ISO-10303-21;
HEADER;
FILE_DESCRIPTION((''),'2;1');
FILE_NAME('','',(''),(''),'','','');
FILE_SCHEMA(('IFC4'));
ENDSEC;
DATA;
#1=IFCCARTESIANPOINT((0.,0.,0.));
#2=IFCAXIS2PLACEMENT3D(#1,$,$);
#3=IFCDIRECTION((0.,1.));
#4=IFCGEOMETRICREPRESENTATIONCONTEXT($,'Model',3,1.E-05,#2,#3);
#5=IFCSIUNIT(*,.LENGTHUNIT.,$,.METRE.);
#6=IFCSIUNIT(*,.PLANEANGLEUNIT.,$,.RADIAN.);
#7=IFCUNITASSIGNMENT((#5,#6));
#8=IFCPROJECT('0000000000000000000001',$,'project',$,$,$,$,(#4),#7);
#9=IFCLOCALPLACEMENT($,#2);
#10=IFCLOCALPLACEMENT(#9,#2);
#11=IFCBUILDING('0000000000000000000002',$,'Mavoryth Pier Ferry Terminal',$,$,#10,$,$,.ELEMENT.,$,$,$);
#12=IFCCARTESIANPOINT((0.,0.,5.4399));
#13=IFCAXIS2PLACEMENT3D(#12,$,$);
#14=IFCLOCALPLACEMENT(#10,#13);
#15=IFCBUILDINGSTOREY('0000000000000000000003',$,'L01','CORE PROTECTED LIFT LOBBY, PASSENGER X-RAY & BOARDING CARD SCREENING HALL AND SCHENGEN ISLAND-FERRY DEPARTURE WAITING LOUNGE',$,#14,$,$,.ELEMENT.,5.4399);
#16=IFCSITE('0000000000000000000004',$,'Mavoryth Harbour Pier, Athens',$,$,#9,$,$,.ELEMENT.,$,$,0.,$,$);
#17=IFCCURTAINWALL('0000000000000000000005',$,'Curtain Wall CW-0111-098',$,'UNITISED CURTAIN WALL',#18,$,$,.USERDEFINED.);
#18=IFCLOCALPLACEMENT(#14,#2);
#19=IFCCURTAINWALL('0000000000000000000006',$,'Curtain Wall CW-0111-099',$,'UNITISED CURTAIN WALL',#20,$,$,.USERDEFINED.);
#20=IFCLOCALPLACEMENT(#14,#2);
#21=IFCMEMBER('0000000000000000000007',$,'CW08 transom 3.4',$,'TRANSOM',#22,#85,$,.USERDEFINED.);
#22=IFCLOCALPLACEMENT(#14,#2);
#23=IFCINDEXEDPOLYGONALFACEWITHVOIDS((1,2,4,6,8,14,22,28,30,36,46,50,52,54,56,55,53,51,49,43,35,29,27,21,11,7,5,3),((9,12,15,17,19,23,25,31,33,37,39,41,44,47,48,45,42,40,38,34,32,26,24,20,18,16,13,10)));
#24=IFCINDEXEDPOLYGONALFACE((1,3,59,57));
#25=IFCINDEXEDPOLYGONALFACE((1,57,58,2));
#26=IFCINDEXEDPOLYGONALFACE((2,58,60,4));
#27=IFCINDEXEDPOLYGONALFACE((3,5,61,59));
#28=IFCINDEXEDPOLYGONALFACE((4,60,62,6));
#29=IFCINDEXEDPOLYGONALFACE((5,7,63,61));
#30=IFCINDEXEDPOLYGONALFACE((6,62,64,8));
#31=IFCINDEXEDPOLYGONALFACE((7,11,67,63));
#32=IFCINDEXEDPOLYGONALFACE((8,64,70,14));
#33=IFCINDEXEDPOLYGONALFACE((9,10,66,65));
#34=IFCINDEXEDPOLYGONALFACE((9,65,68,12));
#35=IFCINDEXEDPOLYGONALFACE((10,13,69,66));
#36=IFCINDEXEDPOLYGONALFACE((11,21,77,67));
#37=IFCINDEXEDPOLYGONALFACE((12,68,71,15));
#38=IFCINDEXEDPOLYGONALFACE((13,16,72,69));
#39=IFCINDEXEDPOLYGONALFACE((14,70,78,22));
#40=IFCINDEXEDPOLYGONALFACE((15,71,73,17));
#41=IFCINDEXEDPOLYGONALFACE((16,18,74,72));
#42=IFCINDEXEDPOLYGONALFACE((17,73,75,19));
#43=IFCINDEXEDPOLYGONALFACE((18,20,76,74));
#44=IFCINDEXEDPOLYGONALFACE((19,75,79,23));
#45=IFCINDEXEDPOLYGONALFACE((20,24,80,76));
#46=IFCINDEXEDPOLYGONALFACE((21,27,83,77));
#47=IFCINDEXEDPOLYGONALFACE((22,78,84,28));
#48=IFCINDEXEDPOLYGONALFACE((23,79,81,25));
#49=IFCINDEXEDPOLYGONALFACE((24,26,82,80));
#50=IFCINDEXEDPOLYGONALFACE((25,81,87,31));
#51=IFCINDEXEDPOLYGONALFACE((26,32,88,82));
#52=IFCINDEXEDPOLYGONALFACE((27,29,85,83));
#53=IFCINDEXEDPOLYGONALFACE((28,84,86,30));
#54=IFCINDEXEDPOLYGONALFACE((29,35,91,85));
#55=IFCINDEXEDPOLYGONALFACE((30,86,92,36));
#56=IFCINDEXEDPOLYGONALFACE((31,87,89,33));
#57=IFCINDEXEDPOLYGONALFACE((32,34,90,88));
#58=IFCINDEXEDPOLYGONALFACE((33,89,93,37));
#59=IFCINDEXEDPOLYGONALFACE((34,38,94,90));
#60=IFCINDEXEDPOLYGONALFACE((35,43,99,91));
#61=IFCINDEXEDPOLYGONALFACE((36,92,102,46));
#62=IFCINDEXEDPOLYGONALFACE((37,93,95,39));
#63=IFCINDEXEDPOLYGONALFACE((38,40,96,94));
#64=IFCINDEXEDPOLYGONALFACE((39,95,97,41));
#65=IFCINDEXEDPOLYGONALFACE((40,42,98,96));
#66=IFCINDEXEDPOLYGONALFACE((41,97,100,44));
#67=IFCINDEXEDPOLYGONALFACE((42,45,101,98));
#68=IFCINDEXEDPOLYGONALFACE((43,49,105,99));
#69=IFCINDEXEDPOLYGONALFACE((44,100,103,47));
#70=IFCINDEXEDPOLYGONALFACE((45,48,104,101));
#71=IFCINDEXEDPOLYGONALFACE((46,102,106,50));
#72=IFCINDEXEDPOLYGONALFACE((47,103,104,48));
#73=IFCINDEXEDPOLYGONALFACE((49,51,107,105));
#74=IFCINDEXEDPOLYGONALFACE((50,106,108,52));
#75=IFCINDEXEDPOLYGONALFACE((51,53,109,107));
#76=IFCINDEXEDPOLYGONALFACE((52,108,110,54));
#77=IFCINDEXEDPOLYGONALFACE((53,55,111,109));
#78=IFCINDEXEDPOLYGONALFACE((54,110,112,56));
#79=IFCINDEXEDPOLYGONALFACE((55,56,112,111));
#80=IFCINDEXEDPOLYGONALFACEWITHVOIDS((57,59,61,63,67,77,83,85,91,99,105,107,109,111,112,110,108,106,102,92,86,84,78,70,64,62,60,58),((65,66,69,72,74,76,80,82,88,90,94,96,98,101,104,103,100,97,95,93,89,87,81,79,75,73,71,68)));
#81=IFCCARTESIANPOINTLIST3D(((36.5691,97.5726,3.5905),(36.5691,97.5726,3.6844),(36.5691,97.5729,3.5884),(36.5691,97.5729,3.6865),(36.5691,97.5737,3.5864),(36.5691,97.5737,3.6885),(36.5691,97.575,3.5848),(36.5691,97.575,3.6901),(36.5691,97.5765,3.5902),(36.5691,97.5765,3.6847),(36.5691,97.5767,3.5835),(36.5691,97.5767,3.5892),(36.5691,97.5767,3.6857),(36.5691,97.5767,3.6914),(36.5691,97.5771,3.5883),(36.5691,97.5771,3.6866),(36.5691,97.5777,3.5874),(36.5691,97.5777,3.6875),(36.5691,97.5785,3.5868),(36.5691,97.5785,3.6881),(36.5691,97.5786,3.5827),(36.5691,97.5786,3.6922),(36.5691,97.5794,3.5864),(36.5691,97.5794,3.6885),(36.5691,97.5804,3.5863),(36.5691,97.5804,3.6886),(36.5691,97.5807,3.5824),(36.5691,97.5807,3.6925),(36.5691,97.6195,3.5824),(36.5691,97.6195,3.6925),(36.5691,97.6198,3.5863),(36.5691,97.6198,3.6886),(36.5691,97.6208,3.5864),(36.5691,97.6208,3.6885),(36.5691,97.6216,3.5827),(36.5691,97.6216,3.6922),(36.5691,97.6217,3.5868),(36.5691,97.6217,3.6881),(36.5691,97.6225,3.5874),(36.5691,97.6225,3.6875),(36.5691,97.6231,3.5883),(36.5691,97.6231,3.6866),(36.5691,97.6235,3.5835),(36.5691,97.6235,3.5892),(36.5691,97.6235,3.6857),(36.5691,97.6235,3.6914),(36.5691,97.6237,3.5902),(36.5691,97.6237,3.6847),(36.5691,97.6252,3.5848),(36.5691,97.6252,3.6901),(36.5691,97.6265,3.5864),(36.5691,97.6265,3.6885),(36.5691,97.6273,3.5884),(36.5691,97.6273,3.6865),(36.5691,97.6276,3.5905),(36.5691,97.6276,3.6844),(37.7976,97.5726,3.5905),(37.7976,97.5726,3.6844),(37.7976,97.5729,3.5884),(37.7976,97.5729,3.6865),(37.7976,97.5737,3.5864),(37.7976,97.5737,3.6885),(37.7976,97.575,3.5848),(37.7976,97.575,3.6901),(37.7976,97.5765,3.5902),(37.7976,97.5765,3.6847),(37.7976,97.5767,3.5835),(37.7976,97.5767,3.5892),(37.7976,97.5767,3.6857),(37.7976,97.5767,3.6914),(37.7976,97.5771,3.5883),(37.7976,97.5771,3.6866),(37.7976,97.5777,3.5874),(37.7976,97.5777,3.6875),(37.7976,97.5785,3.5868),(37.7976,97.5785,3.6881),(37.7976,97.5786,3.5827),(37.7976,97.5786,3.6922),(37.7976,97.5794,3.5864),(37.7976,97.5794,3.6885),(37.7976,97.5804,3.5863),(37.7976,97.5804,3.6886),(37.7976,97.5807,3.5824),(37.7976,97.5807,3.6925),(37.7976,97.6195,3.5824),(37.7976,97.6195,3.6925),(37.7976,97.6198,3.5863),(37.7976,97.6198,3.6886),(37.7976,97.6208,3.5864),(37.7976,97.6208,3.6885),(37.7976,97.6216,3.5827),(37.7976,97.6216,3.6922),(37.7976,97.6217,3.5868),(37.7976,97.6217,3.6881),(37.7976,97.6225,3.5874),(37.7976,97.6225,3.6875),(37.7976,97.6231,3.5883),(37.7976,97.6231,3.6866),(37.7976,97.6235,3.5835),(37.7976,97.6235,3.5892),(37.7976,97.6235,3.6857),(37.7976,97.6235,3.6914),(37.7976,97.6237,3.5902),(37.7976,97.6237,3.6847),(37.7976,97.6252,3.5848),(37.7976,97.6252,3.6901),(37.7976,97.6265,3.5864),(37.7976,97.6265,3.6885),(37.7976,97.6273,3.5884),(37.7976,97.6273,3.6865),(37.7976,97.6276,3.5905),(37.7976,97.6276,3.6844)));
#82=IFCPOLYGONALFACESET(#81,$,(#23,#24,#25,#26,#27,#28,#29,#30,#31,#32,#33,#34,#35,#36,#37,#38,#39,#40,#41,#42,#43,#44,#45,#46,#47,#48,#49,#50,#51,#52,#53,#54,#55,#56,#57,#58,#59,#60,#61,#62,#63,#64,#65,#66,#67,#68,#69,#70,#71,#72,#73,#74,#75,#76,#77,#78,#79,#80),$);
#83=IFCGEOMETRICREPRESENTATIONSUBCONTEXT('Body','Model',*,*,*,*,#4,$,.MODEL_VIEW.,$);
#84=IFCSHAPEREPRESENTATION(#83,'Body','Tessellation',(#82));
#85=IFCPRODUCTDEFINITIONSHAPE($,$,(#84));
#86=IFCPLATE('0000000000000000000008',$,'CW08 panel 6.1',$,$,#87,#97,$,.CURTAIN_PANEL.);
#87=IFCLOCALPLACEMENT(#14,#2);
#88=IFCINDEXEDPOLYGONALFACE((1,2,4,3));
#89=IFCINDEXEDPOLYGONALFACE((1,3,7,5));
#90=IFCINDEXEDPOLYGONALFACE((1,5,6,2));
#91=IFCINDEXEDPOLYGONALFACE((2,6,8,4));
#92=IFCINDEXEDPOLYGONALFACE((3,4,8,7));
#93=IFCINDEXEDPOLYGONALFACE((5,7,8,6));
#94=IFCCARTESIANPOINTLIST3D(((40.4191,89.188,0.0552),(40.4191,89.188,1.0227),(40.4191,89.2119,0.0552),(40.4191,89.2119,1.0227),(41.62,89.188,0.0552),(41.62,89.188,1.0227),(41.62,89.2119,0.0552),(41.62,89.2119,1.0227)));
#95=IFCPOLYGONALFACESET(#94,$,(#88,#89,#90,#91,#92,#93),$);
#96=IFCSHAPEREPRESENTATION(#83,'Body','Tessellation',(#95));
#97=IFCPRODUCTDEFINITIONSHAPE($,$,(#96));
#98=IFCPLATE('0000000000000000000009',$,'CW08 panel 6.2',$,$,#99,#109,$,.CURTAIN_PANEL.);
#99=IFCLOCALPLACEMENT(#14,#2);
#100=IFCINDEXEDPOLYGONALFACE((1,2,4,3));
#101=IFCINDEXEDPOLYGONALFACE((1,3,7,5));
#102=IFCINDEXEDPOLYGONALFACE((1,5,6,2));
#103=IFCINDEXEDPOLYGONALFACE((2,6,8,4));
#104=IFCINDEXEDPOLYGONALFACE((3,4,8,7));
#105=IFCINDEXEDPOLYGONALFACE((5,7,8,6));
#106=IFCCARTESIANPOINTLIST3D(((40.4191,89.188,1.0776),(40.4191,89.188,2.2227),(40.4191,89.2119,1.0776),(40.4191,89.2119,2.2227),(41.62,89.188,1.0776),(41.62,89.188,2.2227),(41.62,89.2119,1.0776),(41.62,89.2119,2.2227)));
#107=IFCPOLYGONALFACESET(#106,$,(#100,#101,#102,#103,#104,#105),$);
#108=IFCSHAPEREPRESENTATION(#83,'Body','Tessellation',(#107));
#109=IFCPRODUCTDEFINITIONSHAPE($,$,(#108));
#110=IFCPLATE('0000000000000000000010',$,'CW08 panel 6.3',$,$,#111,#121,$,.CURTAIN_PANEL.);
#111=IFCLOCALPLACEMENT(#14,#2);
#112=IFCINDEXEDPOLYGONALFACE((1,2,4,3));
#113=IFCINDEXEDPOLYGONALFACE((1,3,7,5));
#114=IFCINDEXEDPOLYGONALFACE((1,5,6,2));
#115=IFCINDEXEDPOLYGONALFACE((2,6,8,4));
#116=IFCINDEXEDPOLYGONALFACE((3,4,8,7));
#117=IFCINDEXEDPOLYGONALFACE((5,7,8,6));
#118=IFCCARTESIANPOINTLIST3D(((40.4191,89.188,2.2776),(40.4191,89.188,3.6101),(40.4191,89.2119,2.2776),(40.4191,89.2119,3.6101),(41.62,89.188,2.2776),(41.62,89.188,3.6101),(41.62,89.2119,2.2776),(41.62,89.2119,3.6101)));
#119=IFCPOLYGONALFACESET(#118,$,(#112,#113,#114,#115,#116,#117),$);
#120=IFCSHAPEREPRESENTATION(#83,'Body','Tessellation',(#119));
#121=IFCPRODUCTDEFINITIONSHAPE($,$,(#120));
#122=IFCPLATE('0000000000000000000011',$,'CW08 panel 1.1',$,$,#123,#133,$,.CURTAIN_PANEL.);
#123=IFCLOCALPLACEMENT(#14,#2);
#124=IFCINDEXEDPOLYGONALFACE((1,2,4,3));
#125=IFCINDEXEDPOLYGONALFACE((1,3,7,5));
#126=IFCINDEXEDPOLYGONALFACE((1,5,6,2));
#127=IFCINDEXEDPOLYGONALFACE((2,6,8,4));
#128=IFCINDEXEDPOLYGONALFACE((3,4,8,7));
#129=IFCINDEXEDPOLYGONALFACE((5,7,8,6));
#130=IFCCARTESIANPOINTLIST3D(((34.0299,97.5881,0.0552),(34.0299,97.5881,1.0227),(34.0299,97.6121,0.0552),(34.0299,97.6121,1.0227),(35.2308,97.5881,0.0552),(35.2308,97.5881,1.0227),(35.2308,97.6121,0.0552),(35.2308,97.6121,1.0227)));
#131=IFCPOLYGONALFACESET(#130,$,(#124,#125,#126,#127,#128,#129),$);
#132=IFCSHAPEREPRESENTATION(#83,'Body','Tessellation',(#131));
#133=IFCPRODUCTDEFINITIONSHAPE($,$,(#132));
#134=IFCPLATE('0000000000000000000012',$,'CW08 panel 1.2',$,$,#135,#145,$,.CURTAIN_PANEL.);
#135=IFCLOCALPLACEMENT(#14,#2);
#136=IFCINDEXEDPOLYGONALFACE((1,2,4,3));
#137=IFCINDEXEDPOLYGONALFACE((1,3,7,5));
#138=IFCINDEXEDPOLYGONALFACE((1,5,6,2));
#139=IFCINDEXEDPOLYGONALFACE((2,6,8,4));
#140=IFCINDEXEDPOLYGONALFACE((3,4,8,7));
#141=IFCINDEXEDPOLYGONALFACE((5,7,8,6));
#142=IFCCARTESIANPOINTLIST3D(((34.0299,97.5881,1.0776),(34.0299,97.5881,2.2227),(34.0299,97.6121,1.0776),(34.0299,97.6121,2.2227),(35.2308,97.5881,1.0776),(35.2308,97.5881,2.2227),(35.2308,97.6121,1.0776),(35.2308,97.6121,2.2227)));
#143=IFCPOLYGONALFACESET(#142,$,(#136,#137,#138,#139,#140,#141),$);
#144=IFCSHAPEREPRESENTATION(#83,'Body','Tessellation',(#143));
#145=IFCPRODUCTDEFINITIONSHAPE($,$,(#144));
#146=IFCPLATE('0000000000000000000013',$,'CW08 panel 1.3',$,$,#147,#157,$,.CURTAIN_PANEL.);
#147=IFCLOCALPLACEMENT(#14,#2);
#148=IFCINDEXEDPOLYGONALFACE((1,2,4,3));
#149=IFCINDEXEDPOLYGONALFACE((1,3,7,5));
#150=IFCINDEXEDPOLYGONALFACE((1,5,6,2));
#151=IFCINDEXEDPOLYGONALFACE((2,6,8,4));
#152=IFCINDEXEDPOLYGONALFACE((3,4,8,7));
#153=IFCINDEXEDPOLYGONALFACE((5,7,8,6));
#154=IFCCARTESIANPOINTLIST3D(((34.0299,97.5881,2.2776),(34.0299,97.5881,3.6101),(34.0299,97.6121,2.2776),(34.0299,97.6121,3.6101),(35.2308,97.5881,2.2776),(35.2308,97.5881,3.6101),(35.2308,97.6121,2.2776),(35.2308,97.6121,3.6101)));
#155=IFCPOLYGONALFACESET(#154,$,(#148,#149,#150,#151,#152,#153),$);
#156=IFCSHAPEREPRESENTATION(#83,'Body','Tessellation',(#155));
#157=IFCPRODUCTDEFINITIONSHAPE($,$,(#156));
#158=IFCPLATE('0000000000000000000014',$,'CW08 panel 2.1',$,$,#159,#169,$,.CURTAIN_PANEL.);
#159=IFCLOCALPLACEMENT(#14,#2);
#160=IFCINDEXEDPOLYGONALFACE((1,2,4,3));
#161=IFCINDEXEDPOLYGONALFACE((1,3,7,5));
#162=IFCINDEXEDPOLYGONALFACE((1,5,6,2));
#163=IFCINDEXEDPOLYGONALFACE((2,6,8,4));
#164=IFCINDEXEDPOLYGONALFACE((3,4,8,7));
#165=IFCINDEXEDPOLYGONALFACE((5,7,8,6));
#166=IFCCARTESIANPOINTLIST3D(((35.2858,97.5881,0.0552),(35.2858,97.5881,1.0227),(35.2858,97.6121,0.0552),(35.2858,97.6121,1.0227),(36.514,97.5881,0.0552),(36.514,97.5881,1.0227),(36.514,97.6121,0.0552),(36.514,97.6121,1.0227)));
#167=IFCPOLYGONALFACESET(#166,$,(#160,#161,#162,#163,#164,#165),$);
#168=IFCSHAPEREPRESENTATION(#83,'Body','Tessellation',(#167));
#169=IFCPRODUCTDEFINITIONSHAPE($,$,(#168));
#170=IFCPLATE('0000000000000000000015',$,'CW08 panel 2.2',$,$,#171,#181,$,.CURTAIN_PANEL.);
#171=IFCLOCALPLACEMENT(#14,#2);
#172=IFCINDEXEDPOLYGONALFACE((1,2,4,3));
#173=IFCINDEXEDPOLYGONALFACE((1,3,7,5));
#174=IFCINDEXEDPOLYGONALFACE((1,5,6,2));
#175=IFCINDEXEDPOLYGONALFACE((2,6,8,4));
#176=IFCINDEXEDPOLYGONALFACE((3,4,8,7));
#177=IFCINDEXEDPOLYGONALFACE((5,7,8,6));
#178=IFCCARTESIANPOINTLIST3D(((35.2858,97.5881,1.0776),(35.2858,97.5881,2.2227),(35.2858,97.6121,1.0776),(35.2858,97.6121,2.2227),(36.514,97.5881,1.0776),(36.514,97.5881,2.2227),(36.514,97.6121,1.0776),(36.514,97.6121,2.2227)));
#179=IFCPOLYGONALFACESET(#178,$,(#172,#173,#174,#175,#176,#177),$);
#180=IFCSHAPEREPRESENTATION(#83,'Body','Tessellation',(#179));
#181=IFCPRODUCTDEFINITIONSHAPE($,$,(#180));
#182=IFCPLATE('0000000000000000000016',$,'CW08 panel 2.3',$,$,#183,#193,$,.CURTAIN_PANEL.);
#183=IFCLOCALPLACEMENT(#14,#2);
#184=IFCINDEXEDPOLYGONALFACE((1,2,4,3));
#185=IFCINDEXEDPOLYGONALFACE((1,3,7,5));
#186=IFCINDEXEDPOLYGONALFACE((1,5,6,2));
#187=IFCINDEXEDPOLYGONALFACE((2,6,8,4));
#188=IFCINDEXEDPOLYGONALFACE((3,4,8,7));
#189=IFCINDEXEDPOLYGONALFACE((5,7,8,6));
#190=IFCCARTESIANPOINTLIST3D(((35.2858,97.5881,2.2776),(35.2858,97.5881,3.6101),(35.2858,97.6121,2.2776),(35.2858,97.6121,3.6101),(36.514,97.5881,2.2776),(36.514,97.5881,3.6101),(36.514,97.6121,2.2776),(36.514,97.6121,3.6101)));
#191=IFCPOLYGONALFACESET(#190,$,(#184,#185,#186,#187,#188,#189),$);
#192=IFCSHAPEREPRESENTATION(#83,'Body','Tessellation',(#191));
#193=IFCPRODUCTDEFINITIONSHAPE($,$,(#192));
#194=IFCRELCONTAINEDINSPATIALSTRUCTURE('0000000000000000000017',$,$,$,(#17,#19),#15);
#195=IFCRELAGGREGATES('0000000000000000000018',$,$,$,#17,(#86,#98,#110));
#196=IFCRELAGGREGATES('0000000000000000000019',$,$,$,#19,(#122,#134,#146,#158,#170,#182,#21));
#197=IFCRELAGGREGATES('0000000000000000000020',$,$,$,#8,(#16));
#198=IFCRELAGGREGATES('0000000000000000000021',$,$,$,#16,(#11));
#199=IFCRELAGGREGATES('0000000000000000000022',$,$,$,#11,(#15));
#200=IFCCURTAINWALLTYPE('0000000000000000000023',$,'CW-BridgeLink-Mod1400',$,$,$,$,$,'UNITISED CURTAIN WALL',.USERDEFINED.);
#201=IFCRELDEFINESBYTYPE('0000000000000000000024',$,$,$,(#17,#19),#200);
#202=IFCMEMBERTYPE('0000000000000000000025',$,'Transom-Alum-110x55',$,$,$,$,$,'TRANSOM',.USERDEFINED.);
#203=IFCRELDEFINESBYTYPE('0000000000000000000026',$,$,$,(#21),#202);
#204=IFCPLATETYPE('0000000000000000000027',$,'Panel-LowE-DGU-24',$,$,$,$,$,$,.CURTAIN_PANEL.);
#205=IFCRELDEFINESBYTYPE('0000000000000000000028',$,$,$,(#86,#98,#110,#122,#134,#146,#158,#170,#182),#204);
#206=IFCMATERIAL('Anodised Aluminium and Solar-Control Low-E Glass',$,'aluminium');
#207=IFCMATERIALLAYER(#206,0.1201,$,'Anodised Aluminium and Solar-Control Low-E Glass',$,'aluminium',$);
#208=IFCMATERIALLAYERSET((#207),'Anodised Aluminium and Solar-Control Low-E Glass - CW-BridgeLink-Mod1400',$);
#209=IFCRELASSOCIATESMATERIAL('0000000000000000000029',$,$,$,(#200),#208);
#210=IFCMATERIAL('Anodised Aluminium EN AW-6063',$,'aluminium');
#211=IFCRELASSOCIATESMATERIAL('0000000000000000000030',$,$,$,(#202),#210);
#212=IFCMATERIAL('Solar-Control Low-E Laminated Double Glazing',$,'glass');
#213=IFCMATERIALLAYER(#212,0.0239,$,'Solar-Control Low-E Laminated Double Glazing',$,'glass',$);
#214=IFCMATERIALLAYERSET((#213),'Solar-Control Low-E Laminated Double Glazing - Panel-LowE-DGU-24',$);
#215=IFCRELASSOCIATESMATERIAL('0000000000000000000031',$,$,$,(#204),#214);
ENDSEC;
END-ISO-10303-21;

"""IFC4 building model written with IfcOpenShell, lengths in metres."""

from ifc_helpers import new_model, si_unit, direction, frame, origin, origin_2d, place, context, subcontext, project, spatial, rectangle, hollow_rectangle, extrude, material, layer, layer_set, material_profile, profile_set, type_object, element, aggregate, save


model = new_model("IFC4")

# Units and contexts
model_context = context("Model", 3, precision=1e-05, world=origin(), true_north=direction((0.0, 1.0)))
body_context = subcontext(model_context, "Body", "Model", "MODEL_VIEW")
ifc_project = project(units=[si_unit("LENGTHUNIT", "METRE"), si_unit("PLANEANGLEUNIT", "RADIAN")], contexts=[model_context])

# Site, building, storey
site_placement = place(None, origin())
site = spatial("IfcSite", under=ifc_project, at=site_placement, Name="Mavoryth Harbour Pier, Athens", CompositionType="ELEMENT", RefElevation=0.0)
building_placement = place(site_placement, origin())
building = spatial("IfcBuilding", under=site, at=building_placement, Name="Mavoryth Pier Ferry Terminal", CompositionType="ELEMENT")
storey_placement = place(building_placement, frame((0.0, 0.0, 5.4399)))
storey = spatial("IfcBuildingStorey", under=building, at=storey_placement, Name="L01", Description="CORE PROTECTED LIFT LOBBY, PASSENGER X-RAY & BOARDING CARD SCREENING HALL AND SCHENGEN ISLAND-FERRY DEPARTURE WAITING LOUNGE", CompositionType="ELEMENT", Elevation=5.4399)

# Curtain wall
ifc_material_1 = material(Name="Anodised Aluminium and Solar-Control Low-E Glass", Category="aluminium")
ifc_layer_1 = layer(ifc_material_1, 0.1201, Name="Anodised Aluminium and Solar-Control Low-E Glass", Category="aluminium")
ifc_layer_set_1 = layer_set([ifc_layer_1], Name="Anodised Aluminium and Solar-Control Low-E Glass - CW-BridgeLink-Mod1400")
curtain_wall_type = type_object("IfcCurtainWallType", Name="CW-BridgeLink-Mod1400", ElementType="UNITISED CURTAIN WALL", PredefinedType="USERDEFINED", material=ifc_layer_set_1)
curtain_wall_1_placement = place(storey_placement, origin())
curtain_wall_1 = element("IfcCurtainWall", 1, at=curtain_wall_1_placement, inside=storey, type_object=curtain_wall_type, Name="Curtain Wall CW-0111-098", ObjectType="UNITISED CURTAIN WALL", PredefinedType="USERDEFINED")
ifc_material_2 = material(Name="Anodised Aluminium EN AW-6063", Category="aluminium")

# Curtain wall
curtain_wall_2_placement = place(storey_placement, origin())
curtain_wall_2 = element("IfcCurtainWall", 2, at=curtain_wall_2_placement, inside=storey, type_object=curtain_wall_type, Name="Curtain Wall CW-0111-099", ObjectType="UNITISED CURTAIN WALL", PredefinedType="USERDEFINED")

# Member
ifc_material_profile_1 = material_profile(ifc_material_2, hollow_rectangle(XDim=0.0549, YDim=0.1101, WallThickness=0.0039, InnerFilletRadius=0.0039, OuterFilletRadius=0.0081, at=origin_2d()), Name="AL-TRAN 110x55x4", Category="aluminium")
ifc_profile_set_1 = profile_set([ifc_material_profile_1], Name="Anodised Aluminium EN AW-6063 - AL-TRAN 110x55x4")
member_type_1 = type_object("IfcMemberType", Name="Transom-Alum-110x55", ElementType="TRANSOM", PredefinedType="USERDEFINED", material=ifc_profile_set_1)
member_1_placement = place(storey_placement, frame((36.5691, 97.6001, 3.6375), z_axis=(1.0, 0.0, 0.0), x_axis=(0.0, 1.0, 0.0)))
member_1 = element("IfcMember", 3, at=member_1_placement, type_object=member_type_1, Name="CW08 transom 3.4", ObjectType="TRANSOM", PredefinedType="USERDEFINED", context=body_context, shape_type="SweptSolid", body=[
    extrude(hollow_rectangle(XDim=0.0549, YDim=0.1101, WallThickness=0.0039, InnerFilletRadius=0.0039, OuterFilletRadius=0.0081, at=origin_2d()), origin(), (0.0, 0.0, 1.0), 1.2285),
])

# Plates
ifc_material_3 = material(Name="Solar-Control Low-E Laminated Double Glazing", Category="glass")
ifc_layer_2 = layer(ifc_material_3, 0.0239, Name="Solar-Control Low-E Laminated Double Glazing", Category="glass")
ifc_layer_set_2 = layer_set([ifc_layer_2], Name="Solar-Control Low-E Laminated Double Glazing - Panel-LowE-DGU-24")
plate_type = type_object("IfcPlateType", Name="Panel-LowE-DGU-24", PredefinedType="CURTAIN_PANEL", material=ifc_layer_set_2)
plate_1_placement = place(storey_placement, frame((41.0195, 89.2, 0.0552), z_axis=(0.0, 0.0, 1.0), x_axis=(1.0, 0.0, 0.0)))
plate_1 = element("IfcPlate", 4, at=plate_1_placement, type_object=plate_type, Name="CW08 panel 6.1", PredefinedType="CURTAIN_PANEL", context=body_context, shape_type="SweptSolid", body=[
    extrude(rectangle(XDim=1.2009, YDim=0.0239, at=origin_2d()), origin(), (0.0, 0.0, 1.0), 0.9675),
])
plate_2_placement = place(storey_placement, frame((41.0195, 89.2, 1.0776), z_axis=(0.0, 0.0, 1.0), x_axis=(1.0, 0.0, 0.0)))
plate_2 = element("IfcPlate", 5, at=plate_2_placement, type_object=plate_type, Name="CW08 panel 6.2", PredefinedType="CURTAIN_PANEL", context=body_context, shape_type="SweptSolid", body=[
    extrude(rectangle(XDim=1.2009, YDim=0.0239, at=origin_2d()), origin(), (0.0, 0.0, 1.0), 1.145),
])
plate_3_placement = place(storey_placement, frame((41.0195, 89.2, 2.2776), z_axis=(0.0, 0.0, 1.0), x_axis=(1.0, 0.0, 0.0)))
plate_3 = element("IfcPlate", 6, at=plate_3_placement, type_object=plate_type, Name="CW08 panel 6.3", PredefinedType="CURTAIN_PANEL", context=body_context, shape_type="SweptSolid", body=[
    extrude(rectangle(XDim=1.2009, YDim=0.0239, at=origin_2d()), origin(), (0.0, 0.0, 1.0), 1.3325),
])
aggregate(curtain_wall_1, [plate_1, plate_2, plate_3])
plate_4_placement = place(storey_placement, frame((34.6304, 97.6001, 0.0552), z_axis=(0.0, 0.0, 1.0), x_axis=(1.0, 0.0, 0.0)))
plate_4 = element("IfcPlate", 7, at=plate_4_placement, type_object=plate_type, Name="CW08 panel 1.1", PredefinedType="CURTAIN_PANEL", context=body_context, shape_type="SweptSolid", body=[
    extrude(rectangle(XDim=1.2009, YDim=0.0239, at=origin_2d()), origin(), (0.0, 0.0, 1.0), 0.9675),
])
plate_5_placement = place(storey_placement, frame((34.6304, 97.6001, 1.0776), z_axis=(0.0, 0.0, 1.0), x_axis=(1.0, 0.0, 0.0)))
plate_5 = element("IfcPlate", 8, at=plate_5_placement, type_object=plate_type, Name="CW08 panel 1.2", PredefinedType="CURTAIN_PANEL", context=body_context, shape_type="SweptSolid", body=[
    extrude(rectangle(XDim=1.2009, YDim=0.0239, at=origin_2d()), origin(), (0.0, 0.0, 1.0), 1.145),
])
plate_6_placement = place(storey_placement, frame((34.6304, 97.6001, 2.2776), z_axis=(0.0, 0.0, 1.0), x_axis=(1.0, 0.0, 0.0)))
plate_6 = element("IfcPlate", 9, at=plate_6_placement, type_object=plate_type, Name="CW08 panel 1.3", PredefinedType="CURTAIN_PANEL", context=body_context, shape_type="SweptSolid", body=[
    extrude(rectangle(XDim=1.2009, YDim=0.0239, at=origin_2d()), origin(), (0.0, 0.0, 1.0), 1.3325),
])
plate_7_placement = place(storey_placement, frame((35.8999, 97.6001, 0.0552), z_axis=(0.0, 0.0, 1.0), x_axis=(1.0, 0.0, 0.0)))
plate_7 = element("IfcPlate", 10, at=plate_7_placement, type_object=plate_type, Name="CW08 panel 2.1", PredefinedType="CURTAIN_PANEL", context=body_context, shape_type="SweptSolid", body=[
    extrude(rectangle(XDim=1.2283, YDim=0.0239, at=origin_2d()), origin(), (0.0, 0.0, 1.0), 0.9675),
])
plate_8_placement = place(storey_placement, frame((35.8999, 97.6001, 1.0776), z_axis=(0.0, 0.0, 1.0), x_axis=(1.0, 0.0, 0.0)))
plate_8 = element("IfcPlate", 11, at=plate_8_placement, type_object=plate_type, Name="CW08 panel 2.2", PredefinedType="CURTAIN_PANEL", context=body_context, shape_type="SweptSolid", body=[
    extrude(rectangle(XDim=1.2283, YDim=0.0239, at=origin_2d()), origin(), (0.0, 0.0, 1.0), 1.145),
])
plate_9_placement = place(storey_placement, frame((35.8999, 97.6001, 2.2776), z_axis=(0.0, 0.0, 1.0), x_axis=(1.0, 0.0, 0.0)))
plate_9 = element("IfcPlate", 12, at=plate_9_placement, type_object=plate_type, Name="CW08 panel 2.3", PredefinedType="CURTAIN_PANEL", context=body_context, shape_type="SweptSolid", body=[
    extrude(rectangle(XDim=1.2283, YDim=0.0239, at=origin_2d()), origin(), (0.0, 0.0, 1.0), 1.3325),
])
aggregate(curtain_wall_2, [plate_4, plate_5, plate_6, plate_7, plate_8, plate_9, member_1])

save(model, "model.ifc")
